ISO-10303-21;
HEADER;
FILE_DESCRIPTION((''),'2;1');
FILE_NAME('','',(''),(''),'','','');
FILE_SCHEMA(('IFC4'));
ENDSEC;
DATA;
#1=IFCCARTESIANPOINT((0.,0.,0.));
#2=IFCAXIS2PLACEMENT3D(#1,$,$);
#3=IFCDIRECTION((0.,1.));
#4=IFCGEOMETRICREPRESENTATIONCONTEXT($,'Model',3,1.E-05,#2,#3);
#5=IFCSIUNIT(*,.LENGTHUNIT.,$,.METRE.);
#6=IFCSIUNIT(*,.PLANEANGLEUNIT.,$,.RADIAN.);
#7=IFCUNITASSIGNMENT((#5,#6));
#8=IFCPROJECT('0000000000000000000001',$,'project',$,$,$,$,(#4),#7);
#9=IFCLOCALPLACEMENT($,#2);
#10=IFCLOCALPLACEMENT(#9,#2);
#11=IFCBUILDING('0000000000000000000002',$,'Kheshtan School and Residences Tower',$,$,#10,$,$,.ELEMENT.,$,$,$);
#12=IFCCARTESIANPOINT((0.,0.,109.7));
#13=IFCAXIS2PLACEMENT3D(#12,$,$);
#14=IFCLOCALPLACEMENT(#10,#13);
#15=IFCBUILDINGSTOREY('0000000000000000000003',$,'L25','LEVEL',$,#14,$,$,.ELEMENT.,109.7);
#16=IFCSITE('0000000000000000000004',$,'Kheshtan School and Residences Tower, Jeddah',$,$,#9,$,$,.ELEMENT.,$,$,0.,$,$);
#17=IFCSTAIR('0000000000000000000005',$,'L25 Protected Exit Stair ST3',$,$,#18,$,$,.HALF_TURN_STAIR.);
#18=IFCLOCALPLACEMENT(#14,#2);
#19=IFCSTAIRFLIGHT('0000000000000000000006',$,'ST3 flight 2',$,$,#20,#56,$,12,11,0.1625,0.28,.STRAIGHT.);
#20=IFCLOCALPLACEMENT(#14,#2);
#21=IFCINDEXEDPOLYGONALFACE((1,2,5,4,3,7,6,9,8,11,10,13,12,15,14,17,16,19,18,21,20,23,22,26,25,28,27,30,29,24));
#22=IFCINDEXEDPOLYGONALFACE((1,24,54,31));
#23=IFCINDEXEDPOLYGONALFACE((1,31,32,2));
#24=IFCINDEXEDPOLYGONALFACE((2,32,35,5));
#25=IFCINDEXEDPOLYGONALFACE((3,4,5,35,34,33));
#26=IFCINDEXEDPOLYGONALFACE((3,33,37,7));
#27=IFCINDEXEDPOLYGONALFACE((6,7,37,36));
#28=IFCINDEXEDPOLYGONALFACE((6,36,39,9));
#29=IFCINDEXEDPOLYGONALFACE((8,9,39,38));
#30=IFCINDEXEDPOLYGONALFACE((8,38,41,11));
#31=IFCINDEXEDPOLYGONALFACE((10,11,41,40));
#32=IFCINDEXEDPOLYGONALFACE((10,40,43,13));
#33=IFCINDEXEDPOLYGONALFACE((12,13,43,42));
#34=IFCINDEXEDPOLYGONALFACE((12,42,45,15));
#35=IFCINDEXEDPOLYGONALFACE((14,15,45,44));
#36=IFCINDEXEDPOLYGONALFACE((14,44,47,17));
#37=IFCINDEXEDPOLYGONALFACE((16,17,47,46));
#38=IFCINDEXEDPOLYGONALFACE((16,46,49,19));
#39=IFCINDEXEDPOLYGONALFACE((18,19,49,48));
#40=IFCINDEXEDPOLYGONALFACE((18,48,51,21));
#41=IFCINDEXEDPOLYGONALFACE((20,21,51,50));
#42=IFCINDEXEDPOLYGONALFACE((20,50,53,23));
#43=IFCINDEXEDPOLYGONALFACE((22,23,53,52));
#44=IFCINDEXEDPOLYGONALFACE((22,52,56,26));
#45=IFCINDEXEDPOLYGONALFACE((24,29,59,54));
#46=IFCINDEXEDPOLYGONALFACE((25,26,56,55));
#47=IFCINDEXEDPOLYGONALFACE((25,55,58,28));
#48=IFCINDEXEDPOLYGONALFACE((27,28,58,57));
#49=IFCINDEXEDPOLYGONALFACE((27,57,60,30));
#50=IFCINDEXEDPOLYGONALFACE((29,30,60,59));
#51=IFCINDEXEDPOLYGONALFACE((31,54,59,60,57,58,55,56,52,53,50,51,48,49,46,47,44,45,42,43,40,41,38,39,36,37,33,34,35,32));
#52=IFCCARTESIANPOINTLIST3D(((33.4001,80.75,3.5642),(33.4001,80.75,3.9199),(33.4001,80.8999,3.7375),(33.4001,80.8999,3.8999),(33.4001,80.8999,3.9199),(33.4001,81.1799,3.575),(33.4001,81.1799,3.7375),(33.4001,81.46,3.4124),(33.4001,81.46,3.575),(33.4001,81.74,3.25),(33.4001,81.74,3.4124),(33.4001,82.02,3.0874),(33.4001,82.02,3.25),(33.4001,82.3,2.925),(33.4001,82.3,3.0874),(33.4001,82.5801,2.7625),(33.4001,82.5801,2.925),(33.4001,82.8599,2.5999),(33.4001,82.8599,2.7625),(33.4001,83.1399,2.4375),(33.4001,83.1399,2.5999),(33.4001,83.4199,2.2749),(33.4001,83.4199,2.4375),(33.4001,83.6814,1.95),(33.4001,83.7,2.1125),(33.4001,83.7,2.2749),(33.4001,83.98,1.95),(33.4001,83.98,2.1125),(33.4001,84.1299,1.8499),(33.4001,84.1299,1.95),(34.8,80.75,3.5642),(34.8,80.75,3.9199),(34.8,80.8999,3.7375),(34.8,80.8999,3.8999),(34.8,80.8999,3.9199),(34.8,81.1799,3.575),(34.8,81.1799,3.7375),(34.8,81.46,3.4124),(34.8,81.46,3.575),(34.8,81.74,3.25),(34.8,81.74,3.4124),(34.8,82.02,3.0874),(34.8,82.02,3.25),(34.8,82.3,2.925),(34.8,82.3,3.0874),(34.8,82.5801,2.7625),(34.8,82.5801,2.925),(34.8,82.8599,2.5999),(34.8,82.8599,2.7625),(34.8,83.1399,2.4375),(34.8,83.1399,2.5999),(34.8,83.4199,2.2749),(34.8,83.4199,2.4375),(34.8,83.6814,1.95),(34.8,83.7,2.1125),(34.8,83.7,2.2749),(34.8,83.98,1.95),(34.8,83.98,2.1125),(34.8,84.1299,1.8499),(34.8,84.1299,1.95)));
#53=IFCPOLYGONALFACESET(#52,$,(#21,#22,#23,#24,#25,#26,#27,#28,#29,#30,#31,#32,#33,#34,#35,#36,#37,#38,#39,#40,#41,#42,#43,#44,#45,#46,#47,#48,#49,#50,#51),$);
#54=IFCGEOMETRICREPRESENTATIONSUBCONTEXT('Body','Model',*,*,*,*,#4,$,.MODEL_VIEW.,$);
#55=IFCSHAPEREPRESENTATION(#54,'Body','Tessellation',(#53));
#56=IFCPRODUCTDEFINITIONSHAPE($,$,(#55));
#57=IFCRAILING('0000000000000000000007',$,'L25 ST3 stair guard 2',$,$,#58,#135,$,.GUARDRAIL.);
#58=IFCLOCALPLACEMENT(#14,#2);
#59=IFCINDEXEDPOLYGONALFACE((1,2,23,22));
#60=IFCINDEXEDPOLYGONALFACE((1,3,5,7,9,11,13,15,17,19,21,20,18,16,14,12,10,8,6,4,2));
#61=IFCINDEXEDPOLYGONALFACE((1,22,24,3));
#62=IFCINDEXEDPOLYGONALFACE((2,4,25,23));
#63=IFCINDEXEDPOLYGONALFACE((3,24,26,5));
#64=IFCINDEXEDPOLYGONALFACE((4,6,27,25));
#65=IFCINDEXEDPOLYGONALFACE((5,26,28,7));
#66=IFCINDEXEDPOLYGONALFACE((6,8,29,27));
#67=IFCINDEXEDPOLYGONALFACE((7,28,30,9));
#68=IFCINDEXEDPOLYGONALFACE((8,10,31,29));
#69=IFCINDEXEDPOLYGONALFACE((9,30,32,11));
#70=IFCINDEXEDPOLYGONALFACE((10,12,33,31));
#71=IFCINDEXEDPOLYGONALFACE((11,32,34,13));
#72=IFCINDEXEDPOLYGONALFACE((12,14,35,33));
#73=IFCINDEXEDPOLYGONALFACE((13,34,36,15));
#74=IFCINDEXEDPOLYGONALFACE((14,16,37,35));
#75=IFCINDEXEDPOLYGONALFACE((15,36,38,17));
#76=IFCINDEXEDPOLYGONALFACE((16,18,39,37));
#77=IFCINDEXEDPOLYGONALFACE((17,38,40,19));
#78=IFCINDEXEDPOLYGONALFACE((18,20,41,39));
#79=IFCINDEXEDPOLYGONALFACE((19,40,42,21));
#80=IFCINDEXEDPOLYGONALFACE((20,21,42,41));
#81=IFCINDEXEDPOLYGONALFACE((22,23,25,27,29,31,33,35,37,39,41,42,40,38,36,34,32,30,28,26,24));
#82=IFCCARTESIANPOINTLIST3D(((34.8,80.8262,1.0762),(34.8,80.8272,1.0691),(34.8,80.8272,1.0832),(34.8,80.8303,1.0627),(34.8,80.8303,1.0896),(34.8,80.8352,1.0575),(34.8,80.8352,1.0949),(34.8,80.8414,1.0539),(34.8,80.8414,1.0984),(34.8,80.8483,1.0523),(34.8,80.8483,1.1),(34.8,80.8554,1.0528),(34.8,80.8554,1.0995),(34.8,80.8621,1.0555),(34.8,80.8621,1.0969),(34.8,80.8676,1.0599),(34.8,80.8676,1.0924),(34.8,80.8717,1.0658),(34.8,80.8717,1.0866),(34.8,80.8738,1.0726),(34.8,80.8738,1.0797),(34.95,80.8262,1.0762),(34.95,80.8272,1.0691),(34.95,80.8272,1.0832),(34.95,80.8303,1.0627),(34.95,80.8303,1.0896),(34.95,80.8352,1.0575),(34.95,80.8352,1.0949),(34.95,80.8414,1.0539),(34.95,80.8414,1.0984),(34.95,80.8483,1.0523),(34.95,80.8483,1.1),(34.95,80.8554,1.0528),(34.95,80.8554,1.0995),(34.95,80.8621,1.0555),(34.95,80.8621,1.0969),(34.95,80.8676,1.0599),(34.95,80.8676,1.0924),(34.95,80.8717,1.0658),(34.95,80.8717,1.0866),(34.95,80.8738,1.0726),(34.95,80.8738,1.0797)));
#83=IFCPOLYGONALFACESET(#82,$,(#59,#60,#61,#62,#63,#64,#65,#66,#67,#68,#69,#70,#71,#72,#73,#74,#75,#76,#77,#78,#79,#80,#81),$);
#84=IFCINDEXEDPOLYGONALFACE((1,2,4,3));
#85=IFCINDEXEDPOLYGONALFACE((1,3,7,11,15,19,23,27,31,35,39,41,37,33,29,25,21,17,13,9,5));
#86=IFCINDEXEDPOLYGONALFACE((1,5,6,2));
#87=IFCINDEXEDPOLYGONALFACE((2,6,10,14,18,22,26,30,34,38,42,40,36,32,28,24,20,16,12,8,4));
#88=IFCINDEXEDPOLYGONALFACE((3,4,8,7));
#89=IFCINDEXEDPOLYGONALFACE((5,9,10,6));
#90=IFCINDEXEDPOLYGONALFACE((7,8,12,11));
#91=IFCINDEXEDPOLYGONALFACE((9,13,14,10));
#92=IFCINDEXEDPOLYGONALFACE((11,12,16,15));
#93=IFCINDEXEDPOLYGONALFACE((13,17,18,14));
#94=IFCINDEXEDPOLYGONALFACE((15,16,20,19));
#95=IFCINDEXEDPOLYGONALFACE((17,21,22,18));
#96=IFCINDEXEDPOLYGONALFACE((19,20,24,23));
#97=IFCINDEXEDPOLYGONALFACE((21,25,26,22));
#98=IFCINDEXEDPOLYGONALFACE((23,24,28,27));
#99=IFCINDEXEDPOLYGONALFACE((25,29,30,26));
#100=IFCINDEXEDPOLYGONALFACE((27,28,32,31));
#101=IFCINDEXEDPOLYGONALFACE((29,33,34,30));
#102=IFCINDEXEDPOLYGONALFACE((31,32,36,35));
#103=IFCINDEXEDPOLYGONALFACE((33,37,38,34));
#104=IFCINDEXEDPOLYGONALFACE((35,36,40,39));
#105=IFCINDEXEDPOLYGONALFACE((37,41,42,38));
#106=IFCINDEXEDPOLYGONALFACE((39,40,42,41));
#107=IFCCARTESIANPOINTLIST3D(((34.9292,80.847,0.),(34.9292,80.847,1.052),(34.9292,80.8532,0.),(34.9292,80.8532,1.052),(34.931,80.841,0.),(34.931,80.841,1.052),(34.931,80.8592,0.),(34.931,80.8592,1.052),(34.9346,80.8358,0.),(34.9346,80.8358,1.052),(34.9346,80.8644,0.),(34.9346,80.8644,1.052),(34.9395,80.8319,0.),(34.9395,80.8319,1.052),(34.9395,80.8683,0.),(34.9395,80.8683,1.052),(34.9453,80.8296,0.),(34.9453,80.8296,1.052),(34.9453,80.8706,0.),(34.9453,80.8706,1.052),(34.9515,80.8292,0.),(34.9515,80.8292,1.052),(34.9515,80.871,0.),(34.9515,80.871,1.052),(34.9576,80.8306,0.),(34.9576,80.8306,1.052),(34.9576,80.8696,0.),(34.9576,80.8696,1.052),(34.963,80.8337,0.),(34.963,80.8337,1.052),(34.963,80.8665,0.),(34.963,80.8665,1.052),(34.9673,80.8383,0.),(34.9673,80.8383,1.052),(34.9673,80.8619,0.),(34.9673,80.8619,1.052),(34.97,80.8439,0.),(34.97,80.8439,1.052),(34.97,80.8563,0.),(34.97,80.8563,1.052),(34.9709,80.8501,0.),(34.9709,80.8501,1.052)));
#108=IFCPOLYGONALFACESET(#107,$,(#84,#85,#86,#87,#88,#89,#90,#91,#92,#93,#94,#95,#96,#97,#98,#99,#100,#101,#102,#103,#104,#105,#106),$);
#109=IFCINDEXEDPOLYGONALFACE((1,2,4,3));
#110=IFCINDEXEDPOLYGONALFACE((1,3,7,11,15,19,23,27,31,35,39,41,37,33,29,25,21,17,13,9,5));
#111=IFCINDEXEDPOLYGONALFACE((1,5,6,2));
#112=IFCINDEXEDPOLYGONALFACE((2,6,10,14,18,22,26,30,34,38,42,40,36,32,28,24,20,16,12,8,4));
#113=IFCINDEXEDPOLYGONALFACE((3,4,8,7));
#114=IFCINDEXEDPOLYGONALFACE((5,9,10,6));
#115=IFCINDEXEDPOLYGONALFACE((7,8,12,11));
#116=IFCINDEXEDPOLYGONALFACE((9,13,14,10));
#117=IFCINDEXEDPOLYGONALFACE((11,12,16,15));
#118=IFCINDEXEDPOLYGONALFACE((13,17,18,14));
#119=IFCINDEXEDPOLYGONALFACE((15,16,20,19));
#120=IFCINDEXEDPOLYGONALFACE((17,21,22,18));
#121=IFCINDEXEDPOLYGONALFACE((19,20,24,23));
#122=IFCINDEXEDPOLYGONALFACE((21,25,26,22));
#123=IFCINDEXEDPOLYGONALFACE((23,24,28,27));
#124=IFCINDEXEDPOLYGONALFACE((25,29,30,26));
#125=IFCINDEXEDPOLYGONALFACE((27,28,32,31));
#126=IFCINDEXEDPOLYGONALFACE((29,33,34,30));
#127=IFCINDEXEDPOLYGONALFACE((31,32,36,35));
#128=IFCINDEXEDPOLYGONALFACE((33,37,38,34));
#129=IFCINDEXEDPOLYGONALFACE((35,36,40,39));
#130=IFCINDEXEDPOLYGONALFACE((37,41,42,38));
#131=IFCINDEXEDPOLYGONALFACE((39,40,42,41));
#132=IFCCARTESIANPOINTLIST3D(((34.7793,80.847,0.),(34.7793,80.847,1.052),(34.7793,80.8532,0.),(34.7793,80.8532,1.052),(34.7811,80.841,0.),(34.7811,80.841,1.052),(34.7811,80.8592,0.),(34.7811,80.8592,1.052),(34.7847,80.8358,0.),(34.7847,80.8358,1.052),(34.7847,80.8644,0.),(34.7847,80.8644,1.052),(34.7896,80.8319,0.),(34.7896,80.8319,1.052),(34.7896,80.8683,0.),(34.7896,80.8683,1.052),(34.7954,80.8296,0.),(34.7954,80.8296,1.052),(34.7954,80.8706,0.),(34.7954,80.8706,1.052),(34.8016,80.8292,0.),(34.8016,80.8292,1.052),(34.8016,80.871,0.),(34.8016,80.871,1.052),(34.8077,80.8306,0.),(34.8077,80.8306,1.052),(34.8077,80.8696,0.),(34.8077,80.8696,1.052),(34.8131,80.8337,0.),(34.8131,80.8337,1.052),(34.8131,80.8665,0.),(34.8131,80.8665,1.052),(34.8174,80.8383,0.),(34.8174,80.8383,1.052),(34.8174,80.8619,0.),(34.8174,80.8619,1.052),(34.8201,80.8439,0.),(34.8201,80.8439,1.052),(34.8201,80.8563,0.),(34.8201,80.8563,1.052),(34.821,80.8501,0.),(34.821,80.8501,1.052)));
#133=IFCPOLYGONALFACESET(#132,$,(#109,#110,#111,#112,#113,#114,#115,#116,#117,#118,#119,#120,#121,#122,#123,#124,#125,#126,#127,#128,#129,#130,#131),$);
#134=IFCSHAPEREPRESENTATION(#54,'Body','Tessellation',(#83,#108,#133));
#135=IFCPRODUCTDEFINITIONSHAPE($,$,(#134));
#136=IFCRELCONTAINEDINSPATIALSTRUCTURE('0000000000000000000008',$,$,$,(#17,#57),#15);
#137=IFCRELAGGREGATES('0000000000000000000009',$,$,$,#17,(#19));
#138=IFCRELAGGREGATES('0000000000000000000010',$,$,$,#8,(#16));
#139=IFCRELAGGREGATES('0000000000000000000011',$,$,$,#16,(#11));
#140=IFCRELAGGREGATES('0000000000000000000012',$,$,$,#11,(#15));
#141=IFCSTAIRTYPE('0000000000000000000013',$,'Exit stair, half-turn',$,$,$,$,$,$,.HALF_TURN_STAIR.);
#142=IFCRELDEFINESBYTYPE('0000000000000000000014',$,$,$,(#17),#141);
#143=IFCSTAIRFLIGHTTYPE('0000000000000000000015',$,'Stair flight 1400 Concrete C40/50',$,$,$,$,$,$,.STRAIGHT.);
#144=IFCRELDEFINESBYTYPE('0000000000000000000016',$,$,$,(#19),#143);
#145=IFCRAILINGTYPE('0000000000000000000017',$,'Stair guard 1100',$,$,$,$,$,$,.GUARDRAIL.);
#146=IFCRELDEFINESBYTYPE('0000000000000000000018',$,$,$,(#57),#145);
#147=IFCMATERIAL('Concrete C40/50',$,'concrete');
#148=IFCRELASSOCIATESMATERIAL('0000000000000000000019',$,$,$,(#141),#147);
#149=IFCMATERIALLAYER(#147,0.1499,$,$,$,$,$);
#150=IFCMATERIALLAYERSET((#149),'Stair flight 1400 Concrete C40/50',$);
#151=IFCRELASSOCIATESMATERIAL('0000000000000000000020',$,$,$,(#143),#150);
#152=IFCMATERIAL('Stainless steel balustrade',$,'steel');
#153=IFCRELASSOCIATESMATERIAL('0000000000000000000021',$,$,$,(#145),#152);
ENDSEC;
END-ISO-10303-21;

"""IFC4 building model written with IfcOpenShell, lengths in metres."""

from ifc_helpers import new_model, si_unit, direction, frame, origin, origin_2d, place, context, subcontext, project, spatial, polyline, circle, outline, extrude, material, layer, layer_set, type_object, element, aggregate, save


model = new_model("IFC4")

# Units and contexts
model_context = context("Model", 3, precision=1e-05, world=origin(), true_north=direction((0.0, 1.0)))
body_context = subcontext(model_context, "Body", "Model", "MODEL_VIEW")
ifc_project = project(units=[si_unit("LENGTHUNIT", "METRE"), si_unit("PLANEANGLEUNIT", "RADIAN")], contexts=[model_context])

# Site, building, storey
site_placement = place(None, origin())
site = spatial("IfcSite", under=ifc_project, at=site_placement, Name="Kheshtan School and Residences Tower, Jeddah", CompositionType="ELEMENT", RefElevation=0.0)
building_placement = place(site_placement, origin())
building = spatial("IfcBuilding", under=site, at=building_placement, Name="Kheshtan School and Residences Tower", CompositionType="ELEMENT")
storey_placement = place(building_placement, frame((0.0, 0.0, 109.7)))
storey = spatial("IfcBuildingStorey", under=building, at=storey_placement, Name="L25", Description="LEVEL", CompositionType="ELEMENT", Elevation=109.7)

# Shared definitions
ifc_material_1 = material(Name="Concrete C40/50", Category="concrete")

# Stair, stair flight
stair_type = type_object("IfcStairType", Name="Exit stair, half-turn", PredefinedType="HALF_TURN_STAIR", material=ifc_material_1)
stair_placement = place(storey_placement, origin())
stair = element("IfcStair", 1, at=stair_placement, inside=storey, type_object=stair_type, Name="L25 Protected Exit Stair ST3", PredefinedType="HALF_TURN_STAIR")
ifc_layer_1 = layer(ifc_material_1, 0.1499)
ifc_layer_set_1 = layer_set([ifc_layer_1], Name="Stair flight 1400 Concrete C40/50")
stair_flight_type = type_object("IfcStairFlightType", Name="Stair flight 1400 Concrete C40/50", PredefinedType="STRAIGHT", material=ifc_layer_set_1)
stair_flight_1_placement = place(storey_placement, frame((34.1001, 83.98, 1.95), z_axis=(0.0, 0.0, 1.0), x_axis=(0.0, -1.0, 0.0)))
stair_flight_1 = element("IfcStairFlight", 2, at=stair_flight_1_placement, type_object=stair_flight_type, Name="ST3 flight 2", NumberOfRisers=12, NumberOfTreads=11, PredefinedType="STRAIGHT", RiserHeight=0.1625, TreadLength=0.28, context=body_context, shape_type="SweptSolid", body=[
    extrude(outline(polyline([(-0.1499, -0.1001), (-0.1499, 0.0), (0.0, 0.0), (0.0, 0.1626), (0.28, 0.1626), (0.28, 0.325), (0.5601, 0.325), (0.5601, 0.4875), (0.8401, 0.4875), (0.8401, 0.6499), (1.1201, 0.6499), (1.1201, 0.8125), (1.3999, 0.8125), (1.3999, 0.9751), (1.6799, 0.9751), (1.6799, 1.1375), (1.96, 1.1375), (1.96, 1.3), (2.24, 1.3), (2.24, 1.4624), (2.52, 1.4624), (2.52, 1.625), (2.8, 1.625), (2.8, 1.7876), (3.0801, 1.7876), (3.0801, 1.95), (3.0801, 1.97), (3.23, 1.97), (3.23, 1.6143), (0.2986, 0.0), (-0.1499, -0.1001)])), frame((0.0, 0.7, 0.0), z_axis=(0.0, -1.0, 0.0), x_axis=(1.0, 0.0, 0.0)), (0.0, 0.0, 1.0), 1.3999),
])
aggregate(stair, [stair_flight_1])

# Railing
ifc_material_2 = material(Name="Stainless steel balustrade", Category="steel")
railing_type_1 = type_object("IfcRailingType", Name="Stair guard 1100", PredefinedType="GUARDRAIL", material=ifc_material_2)
railing_1_placement = place(storey_placement, frame((34.95, 80.8501, 0.0)))
element("IfcRailing", 3, at=railing_1_placement, inside=storey, type_object=railing_type_1, Name="L25 ST3 stair guard 2", PredefinedType="GUARDRAIL", context=body_context, shape_type="SweptSolid", body=[
    extrude(circle(Radius=0.0239, at=origin_2d()), frame((0.0, 0.0, 1.0762), z_axis=(-1.0, 0.0, 0.0), x_axis=(0.0, -1.0, 0.0)), (0.0, 0.0, 1.0), 0.1499),
    extrude(circle(Radius=0.021, at=origin_2d()), origin(), (0.0, 0.0, 1.0), 1.052),
    extrude(circle(Radius=0.021, at=origin_2d()), frame((-0.1499, 0.0, 0.0)), (0.0, 0.0, 1.0), 1.052),
])

save(model, "model.ifc")
